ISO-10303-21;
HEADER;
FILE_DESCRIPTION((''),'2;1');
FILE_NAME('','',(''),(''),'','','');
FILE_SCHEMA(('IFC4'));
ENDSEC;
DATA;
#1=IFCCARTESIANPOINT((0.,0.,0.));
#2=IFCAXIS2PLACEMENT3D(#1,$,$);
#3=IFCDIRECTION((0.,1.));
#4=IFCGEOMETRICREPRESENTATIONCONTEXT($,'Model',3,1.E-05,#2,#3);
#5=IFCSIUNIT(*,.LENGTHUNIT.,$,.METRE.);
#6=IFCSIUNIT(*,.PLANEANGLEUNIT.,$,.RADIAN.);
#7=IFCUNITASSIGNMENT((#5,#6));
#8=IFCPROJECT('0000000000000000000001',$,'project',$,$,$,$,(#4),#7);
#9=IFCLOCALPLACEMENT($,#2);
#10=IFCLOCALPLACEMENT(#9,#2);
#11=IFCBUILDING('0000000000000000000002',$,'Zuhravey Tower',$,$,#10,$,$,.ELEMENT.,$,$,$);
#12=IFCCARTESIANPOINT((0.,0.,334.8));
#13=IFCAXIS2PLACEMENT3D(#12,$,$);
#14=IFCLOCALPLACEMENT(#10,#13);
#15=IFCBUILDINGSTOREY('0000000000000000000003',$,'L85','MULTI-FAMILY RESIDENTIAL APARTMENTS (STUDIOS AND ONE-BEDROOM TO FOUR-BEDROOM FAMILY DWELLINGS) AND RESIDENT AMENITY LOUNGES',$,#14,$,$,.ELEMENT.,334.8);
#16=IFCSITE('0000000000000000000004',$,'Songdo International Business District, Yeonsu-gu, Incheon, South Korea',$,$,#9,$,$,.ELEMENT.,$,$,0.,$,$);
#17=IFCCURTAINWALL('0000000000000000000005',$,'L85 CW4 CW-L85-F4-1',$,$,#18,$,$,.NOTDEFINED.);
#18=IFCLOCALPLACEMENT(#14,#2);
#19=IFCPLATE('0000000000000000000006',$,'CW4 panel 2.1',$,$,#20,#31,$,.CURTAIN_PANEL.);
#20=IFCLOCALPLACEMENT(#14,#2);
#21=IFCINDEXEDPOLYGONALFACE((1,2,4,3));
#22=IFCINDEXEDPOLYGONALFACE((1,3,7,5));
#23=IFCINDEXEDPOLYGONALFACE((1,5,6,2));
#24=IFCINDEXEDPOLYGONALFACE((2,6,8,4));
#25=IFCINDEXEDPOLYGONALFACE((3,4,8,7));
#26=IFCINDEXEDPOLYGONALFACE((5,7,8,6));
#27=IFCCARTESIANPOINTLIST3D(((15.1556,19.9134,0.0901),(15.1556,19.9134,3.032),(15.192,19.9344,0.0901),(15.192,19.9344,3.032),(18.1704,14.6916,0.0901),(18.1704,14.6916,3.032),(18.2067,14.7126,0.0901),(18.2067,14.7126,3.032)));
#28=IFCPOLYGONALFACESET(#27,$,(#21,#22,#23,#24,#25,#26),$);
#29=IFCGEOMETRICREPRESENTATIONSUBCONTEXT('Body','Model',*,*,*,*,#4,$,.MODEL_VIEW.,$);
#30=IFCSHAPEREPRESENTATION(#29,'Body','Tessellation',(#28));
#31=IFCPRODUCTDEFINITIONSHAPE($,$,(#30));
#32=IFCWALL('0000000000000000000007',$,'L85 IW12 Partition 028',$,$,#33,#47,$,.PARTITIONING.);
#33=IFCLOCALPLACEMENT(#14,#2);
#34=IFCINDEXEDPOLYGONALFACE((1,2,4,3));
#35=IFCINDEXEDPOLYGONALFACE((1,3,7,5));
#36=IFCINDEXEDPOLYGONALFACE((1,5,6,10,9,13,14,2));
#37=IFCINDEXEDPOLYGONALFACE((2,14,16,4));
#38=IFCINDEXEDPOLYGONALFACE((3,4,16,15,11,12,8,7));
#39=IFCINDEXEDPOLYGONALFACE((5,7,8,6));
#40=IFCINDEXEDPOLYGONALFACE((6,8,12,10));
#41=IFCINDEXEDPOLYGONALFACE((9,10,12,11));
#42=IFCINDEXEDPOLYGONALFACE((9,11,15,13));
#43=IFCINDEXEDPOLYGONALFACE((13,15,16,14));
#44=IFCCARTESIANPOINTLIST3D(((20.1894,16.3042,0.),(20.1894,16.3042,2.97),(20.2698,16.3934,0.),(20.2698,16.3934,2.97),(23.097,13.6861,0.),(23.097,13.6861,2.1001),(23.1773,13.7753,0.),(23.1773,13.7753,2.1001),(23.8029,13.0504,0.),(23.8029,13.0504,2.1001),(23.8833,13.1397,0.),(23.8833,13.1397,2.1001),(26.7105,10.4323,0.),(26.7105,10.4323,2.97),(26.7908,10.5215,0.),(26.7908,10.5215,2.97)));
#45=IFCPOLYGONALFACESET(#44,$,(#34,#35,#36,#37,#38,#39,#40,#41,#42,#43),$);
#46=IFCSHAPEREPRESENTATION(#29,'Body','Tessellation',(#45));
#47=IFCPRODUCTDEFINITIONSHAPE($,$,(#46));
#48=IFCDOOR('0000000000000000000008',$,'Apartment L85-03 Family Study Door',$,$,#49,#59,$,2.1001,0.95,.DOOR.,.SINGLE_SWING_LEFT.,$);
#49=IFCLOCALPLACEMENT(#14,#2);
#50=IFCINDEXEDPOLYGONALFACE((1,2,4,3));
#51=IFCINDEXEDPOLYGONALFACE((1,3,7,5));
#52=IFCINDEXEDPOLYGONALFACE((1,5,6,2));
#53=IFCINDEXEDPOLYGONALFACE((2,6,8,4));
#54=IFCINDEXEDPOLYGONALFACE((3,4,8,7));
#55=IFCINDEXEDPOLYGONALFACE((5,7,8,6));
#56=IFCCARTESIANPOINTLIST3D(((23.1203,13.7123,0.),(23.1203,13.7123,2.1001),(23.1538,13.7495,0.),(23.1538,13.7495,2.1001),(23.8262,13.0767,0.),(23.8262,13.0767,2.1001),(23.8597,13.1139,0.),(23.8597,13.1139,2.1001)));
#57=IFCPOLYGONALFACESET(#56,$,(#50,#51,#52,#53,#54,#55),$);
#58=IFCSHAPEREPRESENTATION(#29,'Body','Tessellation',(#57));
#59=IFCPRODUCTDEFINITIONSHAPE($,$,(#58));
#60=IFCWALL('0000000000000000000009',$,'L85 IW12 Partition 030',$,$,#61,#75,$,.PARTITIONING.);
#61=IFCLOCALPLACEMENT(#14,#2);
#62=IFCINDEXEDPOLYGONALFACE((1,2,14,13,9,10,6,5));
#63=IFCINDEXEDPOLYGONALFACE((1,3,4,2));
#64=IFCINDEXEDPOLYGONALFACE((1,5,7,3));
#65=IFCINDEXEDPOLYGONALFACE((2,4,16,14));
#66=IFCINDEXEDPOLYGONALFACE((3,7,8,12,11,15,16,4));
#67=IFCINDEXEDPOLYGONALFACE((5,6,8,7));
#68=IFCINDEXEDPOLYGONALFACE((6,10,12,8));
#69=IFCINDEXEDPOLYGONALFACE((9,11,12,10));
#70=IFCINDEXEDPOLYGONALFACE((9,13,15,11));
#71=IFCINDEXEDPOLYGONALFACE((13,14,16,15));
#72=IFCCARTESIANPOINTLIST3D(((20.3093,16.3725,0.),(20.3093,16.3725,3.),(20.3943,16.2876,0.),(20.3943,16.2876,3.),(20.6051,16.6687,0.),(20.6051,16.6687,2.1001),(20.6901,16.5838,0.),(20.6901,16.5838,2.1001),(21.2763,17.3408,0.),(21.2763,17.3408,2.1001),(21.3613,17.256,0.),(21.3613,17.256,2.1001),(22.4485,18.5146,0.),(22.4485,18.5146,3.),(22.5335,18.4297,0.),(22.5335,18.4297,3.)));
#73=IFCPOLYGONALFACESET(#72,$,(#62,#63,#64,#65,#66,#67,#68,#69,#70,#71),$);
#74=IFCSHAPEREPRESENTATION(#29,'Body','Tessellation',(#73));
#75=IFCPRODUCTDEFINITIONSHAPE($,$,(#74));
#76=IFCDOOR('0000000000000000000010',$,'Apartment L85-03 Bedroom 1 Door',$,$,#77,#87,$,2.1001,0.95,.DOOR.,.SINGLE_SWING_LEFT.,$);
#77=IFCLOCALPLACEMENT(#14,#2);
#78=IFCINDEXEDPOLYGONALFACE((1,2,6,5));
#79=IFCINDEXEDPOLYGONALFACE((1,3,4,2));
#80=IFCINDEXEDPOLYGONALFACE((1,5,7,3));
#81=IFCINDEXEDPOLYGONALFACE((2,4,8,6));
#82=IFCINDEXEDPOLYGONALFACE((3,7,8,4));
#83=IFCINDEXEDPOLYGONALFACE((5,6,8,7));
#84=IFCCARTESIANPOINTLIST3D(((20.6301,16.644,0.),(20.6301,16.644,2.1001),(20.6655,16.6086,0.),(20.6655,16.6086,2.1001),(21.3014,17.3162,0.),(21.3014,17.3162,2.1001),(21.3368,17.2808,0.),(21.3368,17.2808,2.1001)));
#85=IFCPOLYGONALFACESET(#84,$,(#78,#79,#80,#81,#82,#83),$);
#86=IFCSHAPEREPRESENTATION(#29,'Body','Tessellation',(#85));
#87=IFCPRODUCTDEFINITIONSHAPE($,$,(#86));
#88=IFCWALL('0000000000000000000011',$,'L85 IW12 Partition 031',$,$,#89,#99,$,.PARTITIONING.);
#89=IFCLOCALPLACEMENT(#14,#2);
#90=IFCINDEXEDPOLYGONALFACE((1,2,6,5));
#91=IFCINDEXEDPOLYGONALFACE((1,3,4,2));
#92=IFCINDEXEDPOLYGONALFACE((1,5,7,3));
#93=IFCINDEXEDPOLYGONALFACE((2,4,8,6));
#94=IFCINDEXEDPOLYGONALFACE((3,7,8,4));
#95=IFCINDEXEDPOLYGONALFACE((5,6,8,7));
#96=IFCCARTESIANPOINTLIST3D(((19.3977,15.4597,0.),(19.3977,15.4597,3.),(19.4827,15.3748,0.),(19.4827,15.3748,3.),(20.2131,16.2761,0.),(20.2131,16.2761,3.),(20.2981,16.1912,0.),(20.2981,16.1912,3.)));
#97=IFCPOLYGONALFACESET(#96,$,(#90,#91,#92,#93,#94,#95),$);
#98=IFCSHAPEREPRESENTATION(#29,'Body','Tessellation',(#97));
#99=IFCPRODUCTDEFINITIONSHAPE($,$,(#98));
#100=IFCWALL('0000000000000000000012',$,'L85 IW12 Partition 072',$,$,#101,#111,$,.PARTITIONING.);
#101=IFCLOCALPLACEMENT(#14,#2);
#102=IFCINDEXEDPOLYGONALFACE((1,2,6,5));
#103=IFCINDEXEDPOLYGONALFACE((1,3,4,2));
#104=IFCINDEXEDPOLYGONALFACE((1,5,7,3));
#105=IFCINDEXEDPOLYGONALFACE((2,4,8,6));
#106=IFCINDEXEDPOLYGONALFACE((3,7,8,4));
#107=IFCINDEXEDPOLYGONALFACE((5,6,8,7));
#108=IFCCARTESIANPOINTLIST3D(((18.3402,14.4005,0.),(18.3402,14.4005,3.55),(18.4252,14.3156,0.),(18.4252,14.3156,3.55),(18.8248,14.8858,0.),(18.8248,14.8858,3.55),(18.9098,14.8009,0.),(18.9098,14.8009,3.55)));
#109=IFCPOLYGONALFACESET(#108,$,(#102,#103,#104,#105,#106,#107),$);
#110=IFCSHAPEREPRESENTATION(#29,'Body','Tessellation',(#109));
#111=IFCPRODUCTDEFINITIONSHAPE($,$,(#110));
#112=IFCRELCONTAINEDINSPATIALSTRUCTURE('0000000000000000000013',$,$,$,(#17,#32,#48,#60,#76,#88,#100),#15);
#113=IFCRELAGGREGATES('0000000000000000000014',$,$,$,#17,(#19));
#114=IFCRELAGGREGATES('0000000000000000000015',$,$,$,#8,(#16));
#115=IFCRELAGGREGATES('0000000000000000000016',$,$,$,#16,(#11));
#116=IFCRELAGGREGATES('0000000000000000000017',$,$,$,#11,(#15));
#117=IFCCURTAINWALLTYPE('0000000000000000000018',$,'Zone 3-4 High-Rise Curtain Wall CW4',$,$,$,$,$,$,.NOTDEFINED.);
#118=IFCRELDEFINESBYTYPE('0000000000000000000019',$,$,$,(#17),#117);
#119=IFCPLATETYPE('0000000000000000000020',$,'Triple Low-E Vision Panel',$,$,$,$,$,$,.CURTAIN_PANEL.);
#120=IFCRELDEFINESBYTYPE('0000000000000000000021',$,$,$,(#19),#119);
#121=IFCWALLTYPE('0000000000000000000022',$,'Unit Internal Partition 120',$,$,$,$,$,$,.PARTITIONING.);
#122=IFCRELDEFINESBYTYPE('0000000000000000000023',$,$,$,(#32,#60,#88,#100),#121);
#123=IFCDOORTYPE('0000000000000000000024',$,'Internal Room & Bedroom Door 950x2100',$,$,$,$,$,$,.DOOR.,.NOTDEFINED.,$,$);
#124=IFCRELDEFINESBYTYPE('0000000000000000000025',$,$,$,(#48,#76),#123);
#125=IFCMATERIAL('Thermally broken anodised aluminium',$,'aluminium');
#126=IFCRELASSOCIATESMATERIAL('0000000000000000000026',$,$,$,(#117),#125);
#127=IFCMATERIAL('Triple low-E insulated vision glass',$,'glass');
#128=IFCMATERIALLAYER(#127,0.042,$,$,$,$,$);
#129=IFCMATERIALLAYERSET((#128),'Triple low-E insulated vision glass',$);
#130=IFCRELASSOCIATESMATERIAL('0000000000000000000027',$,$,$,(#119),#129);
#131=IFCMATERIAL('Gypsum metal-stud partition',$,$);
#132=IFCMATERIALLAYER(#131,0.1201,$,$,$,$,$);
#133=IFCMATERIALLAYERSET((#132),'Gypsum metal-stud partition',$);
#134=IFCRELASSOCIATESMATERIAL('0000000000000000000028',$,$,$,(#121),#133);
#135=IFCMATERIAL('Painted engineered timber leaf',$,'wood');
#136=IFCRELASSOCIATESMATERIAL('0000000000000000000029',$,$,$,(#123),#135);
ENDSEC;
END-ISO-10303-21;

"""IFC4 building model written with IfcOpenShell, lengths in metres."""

from ifc_helpers import new_model, si_unit, direction, frame, frame_2d, origin, origin_2d, place, context, subcontext, project, spatial, rectangle, extrude, material, layer, layer_set, type_object, element, fill, aggregate, save


model = new_model("IFC4")

# Units and contexts
model_context = context("Model", 3, precision=1e-05, world=origin(), true_north=direction((0.0, 1.0)))
body_context = subcontext(model_context, "Body", "Model", "MODEL_VIEW")
ifc_project = project(units=[si_unit("LENGTHUNIT", "METRE"), si_unit("PLANEANGLEUNIT", "RADIAN")], contexts=[model_context])

# Site, building, storey
site_placement = place(None, origin())
site = spatial("IfcSite", under=ifc_project, at=site_placement, Name="Songdo International Business District, Yeonsu-gu, Incheon, South Korea", CompositionType="ELEMENT", RefElevation=0.0)
building_placement = place(site_placement, origin())
building = spatial("IfcBuilding", under=site, at=building_placement, Name="Zuhravey Tower", CompositionType="ELEMENT")
storey_placement = place(building_placement, frame((0.0, 0.0, 334.8)))
storey = spatial("IfcBuildingStorey", under=building, at=storey_placement, Name="L85", Description="MULTI-FAMILY RESIDENTIAL APARTMENTS (STUDIOS AND ONE-BEDROOM TO FOUR-BEDROOM FAMILY DWELLINGS) AND RESIDENT AMENITY LOUNGES", CompositionType="ELEMENT", Elevation=334.8)

# Curtain wall
ifc_material_1 = material(Name="Thermally broken anodised aluminium", Category="aluminium")
curtain_wall_type = type_object("IfcCurtainWallType", Name="Zone 3-4 High-Rise Curtain Wall CW4", PredefinedType="NOTDEFINED", material=ifc_material_1)
curtain_wall_placement = place(storey_placement, origin())
curtain_wall = element("IfcCurtainWall", 1, at=curtain_wall_placement, inside=storey, type_object=curtain_wall_type, Name="L85 CW4 CW-L85-F4-1", PredefinedType="NOTDEFINED")

# Plate
ifc_material_2 = material(Name="Triple low-E insulated vision glass", Category="glass")
ifc_layer_1 = layer(ifc_material_2, 0.042)
ifc_layer_set_1 = layer_set([ifc_layer_1], Name="Triple low-E insulated vision glass")
plate_type = type_object("IfcPlateType", Name="Triple Low-E Vision Panel", PredefinedType="CURTAIN_PANEL", material=ifc_layer_set_1)
plate_1_placement = place(storey_placement, frame((16.6812, 17.313, 0.0901), z_axis=(0.0, 0.0, 1.0), x_axis=(-0.5, 0.866026, 0.0)))
plate_1 = element("IfcPlate", 2, at=plate_1_placement, type_object=plate_type, Name="CW4 panel 2.1", PredefinedType="CURTAIN_PANEL", context=body_context, shape_type="SweptSolid", body=[
    extrude(rectangle(XDim=6.0295, YDim=0.042, at=origin_2d()), origin(), (0.0, 0.0, 1.0), 2.9419),
])
aggregate(curtain_wall, [plate_1])

# Walls, openings, doors
ifc_material_3 = material(Name="Gypsum metal-stud partition")
ifc_layer_2 = layer(ifc_material_3, 0.1201)
ifc_layer_set_2 = layer_set([ifc_layer_2], Name="Gypsum metal-stud partition")
wall_type = type_object("IfcWallType", Name="Unit Internal Partition 120", PredefinedType="PARTITIONING", material=ifc_layer_set_2)
wall_1_placement = place(storey_placement, frame((20.2295, 16.3489, 0.0), z_axis=(0.0, 0.0, 1.0), x_axis=(0.743128, -0.669149, 0.0)))
wall_1 = element("IfcWall", 3, at=wall_1_placement, inside=storey, type_object=wall_type, Name="L85 IW12 Partition 028", PredefinedType="PARTITIONING", context=body_context, shape_type="SweptSolid", body=[
    extrude(rectangle(XDim=8.7751, YDim=0.1201, at=frame_2d((4.3877, 0.0))), origin(), (0.0, 0.0, 1.0), 2.97),
])
opening_1_placement = place(wall_1_placement, frame((3.9126, 0.0, 0.0)))
opening_1 = element("IfcOpeningElement", 4, at=opening_1_placement, cuts=wall_1, PredefinedType="OPENING", context=body_context, shape_type="SweptSolid", body=[
    extrude(rectangle(XDim=0.95, YDim=2.1001, at=frame_2d((0.4751, 1.05))), frame((0.0, 0.072, 0.0), z_axis=(0.0, -1.0, 0.0), x_axis=(1.0, 0.0, 0.0)), (0.0, 0.0, 1.0), 0.144),
])
ifc_material_4 = material(Name="Painted engineered timber leaf", Category="wood")
door_type = type_object("IfcDoorType", Name="Internal Room & Bedroom Door 950x2100", OperationType="NOTDEFINED", PredefinedType="DOOR", material=ifc_material_4)
door_1_placement = place(opening_1_placement, frame((0.95, 0.0, 0.0), z_axis=(0.0, 0.0, 1.0), x_axis=(-1.0, 0.0, 0.0)))
door_1 = element("IfcDoor", 5, at=door_1_placement, inside=storey, type_object=door_type, Name="Apartment L85-03 Family Study Door", OperationType="SINGLE_SWING_LEFT", OverallHeight=2.1001, OverallWidth=0.95, PredefinedType="DOOR", context=body_context, shape_type="SweptSolid", body=[
    extrude(rectangle(XDim=0.95, YDim=2.1001, at=frame_2d((0.4751, 1.05))), frame((0.0, 0.0249, 0.0), z_axis=(0.0, -1.0, 0.0), x_axis=(1.0, 0.0, 0.0)), (0.0, 0.0, 1.0), 0.05),
])
fill(opening_1, door_1)
wall_2_placement = place(storey_placement, frame((22.491, 18.4722, 0.0), z_axis=(0.0, 0.0, 1.0), x_axis=(-0.706623, -0.70759, 0.0)))
wall_2 = element("IfcWall", 6, at=wall_2_placement, inside=storey, type_object=wall_type, Name="L85 IW12 Partition 030", PredefinedType="PARTITIONING", context=body_context, shape_type="SweptSolid", body=[
    extrude(rectangle(XDim=3.0273, YDim=0.1201, at=frame_2d((1.5137, 0.0))), origin(), (0.0, 0.0, 1.0), 3.0),
])
opening_2_placement = place(wall_2_placement, frame((1.6587, 0.0, 0.0)))
opening_2 = element("IfcOpeningElement", 7, at=opening_2_placement, cuts=wall_2, PredefinedType="OPENING", context=body_context, shape_type="SweptSolid", body=[
    extrude(rectangle(XDim=0.95, YDim=2.1001, at=frame_2d((0.4751, 1.05))), frame((0.0, 0.072, 0.0), z_axis=(0.0, -1.0, 0.0), x_axis=(1.0, 0.0, 0.0)), (0.0, 0.0, 1.0), 0.144),
])
door_2_placement = place(opening_2_placement, frame((0.95, 0.0, 0.0), z_axis=(0.0, 0.0, 1.0), x_axis=(-1.0, 0.0, 0.0)))
door_2 = element("IfcDoor", 8, at=door_2_placement, inside=storey, type_object=door_type, Name="Apartment L85-03 Bedroom 1 Door", OperationType="SINGLE_SWING_LEFT", OverallHeight=2.1001, OverallWidth=0.95, PredefinedType="DOOR", context=body_context, shape_type="SweptSolid", body=[
    extrude(rectangle(XDim=0.95, YDim=2.1001, at=frame_2d((0.4751, 1.05))), frame((0.0, 0.0249, 0.0), z_axis=(0.0, -1.0, 0.0), x_axis=(1.0, 0.0, 0.0)), (0.0, 0.0, 1.0), 0.05),
])
fill(opening_2, door_2)

# Walls
wall_3_placement = place(storey_placement, frame((20.2556, 16.2336, 0.0), z_axis=(0.0, 0.0, 1.0), x_axis=(-0.706683, -0.70753, 0.0)))
element("IfcWall", 9, at=wall_3_placement, inside=storey, type_object=wall_type, Name="L85 IW12 Partition 031", PredefinedType="PARTITIONING", context=body_context, shape_type="SweptSolid", body=[
    extrude(rectangle(XDim=1.1538, YDim=0.1201, at=frame_2d((0.5769, 0.0))), origin(), (0.0, 0.0, 1.0), 3.0),
])
wall_4_placement = place(storey_placement, frame((18.8672, 14.8433, 0.0), z_axis=(0.0, 0.0, 1.0), x_axis=(-0.706573, -0.707641, 0.0)))
element("IfcWall", 10, at=wall_4_placement, inside=storey, type_object=wall_type, Name="L85 IW12 Partition 072", PredefinedType="PARTITIONING", context=body_context, shape_type="SweptSolid", body=[
    extrude(rectangle(XDim=0.6858, YDim=0.1201, at=frame_2d((0.3428, 0.0))), origin(), (0.0, 0.0, 1.0), 3.55),
])

save(model, "model.ifc")
